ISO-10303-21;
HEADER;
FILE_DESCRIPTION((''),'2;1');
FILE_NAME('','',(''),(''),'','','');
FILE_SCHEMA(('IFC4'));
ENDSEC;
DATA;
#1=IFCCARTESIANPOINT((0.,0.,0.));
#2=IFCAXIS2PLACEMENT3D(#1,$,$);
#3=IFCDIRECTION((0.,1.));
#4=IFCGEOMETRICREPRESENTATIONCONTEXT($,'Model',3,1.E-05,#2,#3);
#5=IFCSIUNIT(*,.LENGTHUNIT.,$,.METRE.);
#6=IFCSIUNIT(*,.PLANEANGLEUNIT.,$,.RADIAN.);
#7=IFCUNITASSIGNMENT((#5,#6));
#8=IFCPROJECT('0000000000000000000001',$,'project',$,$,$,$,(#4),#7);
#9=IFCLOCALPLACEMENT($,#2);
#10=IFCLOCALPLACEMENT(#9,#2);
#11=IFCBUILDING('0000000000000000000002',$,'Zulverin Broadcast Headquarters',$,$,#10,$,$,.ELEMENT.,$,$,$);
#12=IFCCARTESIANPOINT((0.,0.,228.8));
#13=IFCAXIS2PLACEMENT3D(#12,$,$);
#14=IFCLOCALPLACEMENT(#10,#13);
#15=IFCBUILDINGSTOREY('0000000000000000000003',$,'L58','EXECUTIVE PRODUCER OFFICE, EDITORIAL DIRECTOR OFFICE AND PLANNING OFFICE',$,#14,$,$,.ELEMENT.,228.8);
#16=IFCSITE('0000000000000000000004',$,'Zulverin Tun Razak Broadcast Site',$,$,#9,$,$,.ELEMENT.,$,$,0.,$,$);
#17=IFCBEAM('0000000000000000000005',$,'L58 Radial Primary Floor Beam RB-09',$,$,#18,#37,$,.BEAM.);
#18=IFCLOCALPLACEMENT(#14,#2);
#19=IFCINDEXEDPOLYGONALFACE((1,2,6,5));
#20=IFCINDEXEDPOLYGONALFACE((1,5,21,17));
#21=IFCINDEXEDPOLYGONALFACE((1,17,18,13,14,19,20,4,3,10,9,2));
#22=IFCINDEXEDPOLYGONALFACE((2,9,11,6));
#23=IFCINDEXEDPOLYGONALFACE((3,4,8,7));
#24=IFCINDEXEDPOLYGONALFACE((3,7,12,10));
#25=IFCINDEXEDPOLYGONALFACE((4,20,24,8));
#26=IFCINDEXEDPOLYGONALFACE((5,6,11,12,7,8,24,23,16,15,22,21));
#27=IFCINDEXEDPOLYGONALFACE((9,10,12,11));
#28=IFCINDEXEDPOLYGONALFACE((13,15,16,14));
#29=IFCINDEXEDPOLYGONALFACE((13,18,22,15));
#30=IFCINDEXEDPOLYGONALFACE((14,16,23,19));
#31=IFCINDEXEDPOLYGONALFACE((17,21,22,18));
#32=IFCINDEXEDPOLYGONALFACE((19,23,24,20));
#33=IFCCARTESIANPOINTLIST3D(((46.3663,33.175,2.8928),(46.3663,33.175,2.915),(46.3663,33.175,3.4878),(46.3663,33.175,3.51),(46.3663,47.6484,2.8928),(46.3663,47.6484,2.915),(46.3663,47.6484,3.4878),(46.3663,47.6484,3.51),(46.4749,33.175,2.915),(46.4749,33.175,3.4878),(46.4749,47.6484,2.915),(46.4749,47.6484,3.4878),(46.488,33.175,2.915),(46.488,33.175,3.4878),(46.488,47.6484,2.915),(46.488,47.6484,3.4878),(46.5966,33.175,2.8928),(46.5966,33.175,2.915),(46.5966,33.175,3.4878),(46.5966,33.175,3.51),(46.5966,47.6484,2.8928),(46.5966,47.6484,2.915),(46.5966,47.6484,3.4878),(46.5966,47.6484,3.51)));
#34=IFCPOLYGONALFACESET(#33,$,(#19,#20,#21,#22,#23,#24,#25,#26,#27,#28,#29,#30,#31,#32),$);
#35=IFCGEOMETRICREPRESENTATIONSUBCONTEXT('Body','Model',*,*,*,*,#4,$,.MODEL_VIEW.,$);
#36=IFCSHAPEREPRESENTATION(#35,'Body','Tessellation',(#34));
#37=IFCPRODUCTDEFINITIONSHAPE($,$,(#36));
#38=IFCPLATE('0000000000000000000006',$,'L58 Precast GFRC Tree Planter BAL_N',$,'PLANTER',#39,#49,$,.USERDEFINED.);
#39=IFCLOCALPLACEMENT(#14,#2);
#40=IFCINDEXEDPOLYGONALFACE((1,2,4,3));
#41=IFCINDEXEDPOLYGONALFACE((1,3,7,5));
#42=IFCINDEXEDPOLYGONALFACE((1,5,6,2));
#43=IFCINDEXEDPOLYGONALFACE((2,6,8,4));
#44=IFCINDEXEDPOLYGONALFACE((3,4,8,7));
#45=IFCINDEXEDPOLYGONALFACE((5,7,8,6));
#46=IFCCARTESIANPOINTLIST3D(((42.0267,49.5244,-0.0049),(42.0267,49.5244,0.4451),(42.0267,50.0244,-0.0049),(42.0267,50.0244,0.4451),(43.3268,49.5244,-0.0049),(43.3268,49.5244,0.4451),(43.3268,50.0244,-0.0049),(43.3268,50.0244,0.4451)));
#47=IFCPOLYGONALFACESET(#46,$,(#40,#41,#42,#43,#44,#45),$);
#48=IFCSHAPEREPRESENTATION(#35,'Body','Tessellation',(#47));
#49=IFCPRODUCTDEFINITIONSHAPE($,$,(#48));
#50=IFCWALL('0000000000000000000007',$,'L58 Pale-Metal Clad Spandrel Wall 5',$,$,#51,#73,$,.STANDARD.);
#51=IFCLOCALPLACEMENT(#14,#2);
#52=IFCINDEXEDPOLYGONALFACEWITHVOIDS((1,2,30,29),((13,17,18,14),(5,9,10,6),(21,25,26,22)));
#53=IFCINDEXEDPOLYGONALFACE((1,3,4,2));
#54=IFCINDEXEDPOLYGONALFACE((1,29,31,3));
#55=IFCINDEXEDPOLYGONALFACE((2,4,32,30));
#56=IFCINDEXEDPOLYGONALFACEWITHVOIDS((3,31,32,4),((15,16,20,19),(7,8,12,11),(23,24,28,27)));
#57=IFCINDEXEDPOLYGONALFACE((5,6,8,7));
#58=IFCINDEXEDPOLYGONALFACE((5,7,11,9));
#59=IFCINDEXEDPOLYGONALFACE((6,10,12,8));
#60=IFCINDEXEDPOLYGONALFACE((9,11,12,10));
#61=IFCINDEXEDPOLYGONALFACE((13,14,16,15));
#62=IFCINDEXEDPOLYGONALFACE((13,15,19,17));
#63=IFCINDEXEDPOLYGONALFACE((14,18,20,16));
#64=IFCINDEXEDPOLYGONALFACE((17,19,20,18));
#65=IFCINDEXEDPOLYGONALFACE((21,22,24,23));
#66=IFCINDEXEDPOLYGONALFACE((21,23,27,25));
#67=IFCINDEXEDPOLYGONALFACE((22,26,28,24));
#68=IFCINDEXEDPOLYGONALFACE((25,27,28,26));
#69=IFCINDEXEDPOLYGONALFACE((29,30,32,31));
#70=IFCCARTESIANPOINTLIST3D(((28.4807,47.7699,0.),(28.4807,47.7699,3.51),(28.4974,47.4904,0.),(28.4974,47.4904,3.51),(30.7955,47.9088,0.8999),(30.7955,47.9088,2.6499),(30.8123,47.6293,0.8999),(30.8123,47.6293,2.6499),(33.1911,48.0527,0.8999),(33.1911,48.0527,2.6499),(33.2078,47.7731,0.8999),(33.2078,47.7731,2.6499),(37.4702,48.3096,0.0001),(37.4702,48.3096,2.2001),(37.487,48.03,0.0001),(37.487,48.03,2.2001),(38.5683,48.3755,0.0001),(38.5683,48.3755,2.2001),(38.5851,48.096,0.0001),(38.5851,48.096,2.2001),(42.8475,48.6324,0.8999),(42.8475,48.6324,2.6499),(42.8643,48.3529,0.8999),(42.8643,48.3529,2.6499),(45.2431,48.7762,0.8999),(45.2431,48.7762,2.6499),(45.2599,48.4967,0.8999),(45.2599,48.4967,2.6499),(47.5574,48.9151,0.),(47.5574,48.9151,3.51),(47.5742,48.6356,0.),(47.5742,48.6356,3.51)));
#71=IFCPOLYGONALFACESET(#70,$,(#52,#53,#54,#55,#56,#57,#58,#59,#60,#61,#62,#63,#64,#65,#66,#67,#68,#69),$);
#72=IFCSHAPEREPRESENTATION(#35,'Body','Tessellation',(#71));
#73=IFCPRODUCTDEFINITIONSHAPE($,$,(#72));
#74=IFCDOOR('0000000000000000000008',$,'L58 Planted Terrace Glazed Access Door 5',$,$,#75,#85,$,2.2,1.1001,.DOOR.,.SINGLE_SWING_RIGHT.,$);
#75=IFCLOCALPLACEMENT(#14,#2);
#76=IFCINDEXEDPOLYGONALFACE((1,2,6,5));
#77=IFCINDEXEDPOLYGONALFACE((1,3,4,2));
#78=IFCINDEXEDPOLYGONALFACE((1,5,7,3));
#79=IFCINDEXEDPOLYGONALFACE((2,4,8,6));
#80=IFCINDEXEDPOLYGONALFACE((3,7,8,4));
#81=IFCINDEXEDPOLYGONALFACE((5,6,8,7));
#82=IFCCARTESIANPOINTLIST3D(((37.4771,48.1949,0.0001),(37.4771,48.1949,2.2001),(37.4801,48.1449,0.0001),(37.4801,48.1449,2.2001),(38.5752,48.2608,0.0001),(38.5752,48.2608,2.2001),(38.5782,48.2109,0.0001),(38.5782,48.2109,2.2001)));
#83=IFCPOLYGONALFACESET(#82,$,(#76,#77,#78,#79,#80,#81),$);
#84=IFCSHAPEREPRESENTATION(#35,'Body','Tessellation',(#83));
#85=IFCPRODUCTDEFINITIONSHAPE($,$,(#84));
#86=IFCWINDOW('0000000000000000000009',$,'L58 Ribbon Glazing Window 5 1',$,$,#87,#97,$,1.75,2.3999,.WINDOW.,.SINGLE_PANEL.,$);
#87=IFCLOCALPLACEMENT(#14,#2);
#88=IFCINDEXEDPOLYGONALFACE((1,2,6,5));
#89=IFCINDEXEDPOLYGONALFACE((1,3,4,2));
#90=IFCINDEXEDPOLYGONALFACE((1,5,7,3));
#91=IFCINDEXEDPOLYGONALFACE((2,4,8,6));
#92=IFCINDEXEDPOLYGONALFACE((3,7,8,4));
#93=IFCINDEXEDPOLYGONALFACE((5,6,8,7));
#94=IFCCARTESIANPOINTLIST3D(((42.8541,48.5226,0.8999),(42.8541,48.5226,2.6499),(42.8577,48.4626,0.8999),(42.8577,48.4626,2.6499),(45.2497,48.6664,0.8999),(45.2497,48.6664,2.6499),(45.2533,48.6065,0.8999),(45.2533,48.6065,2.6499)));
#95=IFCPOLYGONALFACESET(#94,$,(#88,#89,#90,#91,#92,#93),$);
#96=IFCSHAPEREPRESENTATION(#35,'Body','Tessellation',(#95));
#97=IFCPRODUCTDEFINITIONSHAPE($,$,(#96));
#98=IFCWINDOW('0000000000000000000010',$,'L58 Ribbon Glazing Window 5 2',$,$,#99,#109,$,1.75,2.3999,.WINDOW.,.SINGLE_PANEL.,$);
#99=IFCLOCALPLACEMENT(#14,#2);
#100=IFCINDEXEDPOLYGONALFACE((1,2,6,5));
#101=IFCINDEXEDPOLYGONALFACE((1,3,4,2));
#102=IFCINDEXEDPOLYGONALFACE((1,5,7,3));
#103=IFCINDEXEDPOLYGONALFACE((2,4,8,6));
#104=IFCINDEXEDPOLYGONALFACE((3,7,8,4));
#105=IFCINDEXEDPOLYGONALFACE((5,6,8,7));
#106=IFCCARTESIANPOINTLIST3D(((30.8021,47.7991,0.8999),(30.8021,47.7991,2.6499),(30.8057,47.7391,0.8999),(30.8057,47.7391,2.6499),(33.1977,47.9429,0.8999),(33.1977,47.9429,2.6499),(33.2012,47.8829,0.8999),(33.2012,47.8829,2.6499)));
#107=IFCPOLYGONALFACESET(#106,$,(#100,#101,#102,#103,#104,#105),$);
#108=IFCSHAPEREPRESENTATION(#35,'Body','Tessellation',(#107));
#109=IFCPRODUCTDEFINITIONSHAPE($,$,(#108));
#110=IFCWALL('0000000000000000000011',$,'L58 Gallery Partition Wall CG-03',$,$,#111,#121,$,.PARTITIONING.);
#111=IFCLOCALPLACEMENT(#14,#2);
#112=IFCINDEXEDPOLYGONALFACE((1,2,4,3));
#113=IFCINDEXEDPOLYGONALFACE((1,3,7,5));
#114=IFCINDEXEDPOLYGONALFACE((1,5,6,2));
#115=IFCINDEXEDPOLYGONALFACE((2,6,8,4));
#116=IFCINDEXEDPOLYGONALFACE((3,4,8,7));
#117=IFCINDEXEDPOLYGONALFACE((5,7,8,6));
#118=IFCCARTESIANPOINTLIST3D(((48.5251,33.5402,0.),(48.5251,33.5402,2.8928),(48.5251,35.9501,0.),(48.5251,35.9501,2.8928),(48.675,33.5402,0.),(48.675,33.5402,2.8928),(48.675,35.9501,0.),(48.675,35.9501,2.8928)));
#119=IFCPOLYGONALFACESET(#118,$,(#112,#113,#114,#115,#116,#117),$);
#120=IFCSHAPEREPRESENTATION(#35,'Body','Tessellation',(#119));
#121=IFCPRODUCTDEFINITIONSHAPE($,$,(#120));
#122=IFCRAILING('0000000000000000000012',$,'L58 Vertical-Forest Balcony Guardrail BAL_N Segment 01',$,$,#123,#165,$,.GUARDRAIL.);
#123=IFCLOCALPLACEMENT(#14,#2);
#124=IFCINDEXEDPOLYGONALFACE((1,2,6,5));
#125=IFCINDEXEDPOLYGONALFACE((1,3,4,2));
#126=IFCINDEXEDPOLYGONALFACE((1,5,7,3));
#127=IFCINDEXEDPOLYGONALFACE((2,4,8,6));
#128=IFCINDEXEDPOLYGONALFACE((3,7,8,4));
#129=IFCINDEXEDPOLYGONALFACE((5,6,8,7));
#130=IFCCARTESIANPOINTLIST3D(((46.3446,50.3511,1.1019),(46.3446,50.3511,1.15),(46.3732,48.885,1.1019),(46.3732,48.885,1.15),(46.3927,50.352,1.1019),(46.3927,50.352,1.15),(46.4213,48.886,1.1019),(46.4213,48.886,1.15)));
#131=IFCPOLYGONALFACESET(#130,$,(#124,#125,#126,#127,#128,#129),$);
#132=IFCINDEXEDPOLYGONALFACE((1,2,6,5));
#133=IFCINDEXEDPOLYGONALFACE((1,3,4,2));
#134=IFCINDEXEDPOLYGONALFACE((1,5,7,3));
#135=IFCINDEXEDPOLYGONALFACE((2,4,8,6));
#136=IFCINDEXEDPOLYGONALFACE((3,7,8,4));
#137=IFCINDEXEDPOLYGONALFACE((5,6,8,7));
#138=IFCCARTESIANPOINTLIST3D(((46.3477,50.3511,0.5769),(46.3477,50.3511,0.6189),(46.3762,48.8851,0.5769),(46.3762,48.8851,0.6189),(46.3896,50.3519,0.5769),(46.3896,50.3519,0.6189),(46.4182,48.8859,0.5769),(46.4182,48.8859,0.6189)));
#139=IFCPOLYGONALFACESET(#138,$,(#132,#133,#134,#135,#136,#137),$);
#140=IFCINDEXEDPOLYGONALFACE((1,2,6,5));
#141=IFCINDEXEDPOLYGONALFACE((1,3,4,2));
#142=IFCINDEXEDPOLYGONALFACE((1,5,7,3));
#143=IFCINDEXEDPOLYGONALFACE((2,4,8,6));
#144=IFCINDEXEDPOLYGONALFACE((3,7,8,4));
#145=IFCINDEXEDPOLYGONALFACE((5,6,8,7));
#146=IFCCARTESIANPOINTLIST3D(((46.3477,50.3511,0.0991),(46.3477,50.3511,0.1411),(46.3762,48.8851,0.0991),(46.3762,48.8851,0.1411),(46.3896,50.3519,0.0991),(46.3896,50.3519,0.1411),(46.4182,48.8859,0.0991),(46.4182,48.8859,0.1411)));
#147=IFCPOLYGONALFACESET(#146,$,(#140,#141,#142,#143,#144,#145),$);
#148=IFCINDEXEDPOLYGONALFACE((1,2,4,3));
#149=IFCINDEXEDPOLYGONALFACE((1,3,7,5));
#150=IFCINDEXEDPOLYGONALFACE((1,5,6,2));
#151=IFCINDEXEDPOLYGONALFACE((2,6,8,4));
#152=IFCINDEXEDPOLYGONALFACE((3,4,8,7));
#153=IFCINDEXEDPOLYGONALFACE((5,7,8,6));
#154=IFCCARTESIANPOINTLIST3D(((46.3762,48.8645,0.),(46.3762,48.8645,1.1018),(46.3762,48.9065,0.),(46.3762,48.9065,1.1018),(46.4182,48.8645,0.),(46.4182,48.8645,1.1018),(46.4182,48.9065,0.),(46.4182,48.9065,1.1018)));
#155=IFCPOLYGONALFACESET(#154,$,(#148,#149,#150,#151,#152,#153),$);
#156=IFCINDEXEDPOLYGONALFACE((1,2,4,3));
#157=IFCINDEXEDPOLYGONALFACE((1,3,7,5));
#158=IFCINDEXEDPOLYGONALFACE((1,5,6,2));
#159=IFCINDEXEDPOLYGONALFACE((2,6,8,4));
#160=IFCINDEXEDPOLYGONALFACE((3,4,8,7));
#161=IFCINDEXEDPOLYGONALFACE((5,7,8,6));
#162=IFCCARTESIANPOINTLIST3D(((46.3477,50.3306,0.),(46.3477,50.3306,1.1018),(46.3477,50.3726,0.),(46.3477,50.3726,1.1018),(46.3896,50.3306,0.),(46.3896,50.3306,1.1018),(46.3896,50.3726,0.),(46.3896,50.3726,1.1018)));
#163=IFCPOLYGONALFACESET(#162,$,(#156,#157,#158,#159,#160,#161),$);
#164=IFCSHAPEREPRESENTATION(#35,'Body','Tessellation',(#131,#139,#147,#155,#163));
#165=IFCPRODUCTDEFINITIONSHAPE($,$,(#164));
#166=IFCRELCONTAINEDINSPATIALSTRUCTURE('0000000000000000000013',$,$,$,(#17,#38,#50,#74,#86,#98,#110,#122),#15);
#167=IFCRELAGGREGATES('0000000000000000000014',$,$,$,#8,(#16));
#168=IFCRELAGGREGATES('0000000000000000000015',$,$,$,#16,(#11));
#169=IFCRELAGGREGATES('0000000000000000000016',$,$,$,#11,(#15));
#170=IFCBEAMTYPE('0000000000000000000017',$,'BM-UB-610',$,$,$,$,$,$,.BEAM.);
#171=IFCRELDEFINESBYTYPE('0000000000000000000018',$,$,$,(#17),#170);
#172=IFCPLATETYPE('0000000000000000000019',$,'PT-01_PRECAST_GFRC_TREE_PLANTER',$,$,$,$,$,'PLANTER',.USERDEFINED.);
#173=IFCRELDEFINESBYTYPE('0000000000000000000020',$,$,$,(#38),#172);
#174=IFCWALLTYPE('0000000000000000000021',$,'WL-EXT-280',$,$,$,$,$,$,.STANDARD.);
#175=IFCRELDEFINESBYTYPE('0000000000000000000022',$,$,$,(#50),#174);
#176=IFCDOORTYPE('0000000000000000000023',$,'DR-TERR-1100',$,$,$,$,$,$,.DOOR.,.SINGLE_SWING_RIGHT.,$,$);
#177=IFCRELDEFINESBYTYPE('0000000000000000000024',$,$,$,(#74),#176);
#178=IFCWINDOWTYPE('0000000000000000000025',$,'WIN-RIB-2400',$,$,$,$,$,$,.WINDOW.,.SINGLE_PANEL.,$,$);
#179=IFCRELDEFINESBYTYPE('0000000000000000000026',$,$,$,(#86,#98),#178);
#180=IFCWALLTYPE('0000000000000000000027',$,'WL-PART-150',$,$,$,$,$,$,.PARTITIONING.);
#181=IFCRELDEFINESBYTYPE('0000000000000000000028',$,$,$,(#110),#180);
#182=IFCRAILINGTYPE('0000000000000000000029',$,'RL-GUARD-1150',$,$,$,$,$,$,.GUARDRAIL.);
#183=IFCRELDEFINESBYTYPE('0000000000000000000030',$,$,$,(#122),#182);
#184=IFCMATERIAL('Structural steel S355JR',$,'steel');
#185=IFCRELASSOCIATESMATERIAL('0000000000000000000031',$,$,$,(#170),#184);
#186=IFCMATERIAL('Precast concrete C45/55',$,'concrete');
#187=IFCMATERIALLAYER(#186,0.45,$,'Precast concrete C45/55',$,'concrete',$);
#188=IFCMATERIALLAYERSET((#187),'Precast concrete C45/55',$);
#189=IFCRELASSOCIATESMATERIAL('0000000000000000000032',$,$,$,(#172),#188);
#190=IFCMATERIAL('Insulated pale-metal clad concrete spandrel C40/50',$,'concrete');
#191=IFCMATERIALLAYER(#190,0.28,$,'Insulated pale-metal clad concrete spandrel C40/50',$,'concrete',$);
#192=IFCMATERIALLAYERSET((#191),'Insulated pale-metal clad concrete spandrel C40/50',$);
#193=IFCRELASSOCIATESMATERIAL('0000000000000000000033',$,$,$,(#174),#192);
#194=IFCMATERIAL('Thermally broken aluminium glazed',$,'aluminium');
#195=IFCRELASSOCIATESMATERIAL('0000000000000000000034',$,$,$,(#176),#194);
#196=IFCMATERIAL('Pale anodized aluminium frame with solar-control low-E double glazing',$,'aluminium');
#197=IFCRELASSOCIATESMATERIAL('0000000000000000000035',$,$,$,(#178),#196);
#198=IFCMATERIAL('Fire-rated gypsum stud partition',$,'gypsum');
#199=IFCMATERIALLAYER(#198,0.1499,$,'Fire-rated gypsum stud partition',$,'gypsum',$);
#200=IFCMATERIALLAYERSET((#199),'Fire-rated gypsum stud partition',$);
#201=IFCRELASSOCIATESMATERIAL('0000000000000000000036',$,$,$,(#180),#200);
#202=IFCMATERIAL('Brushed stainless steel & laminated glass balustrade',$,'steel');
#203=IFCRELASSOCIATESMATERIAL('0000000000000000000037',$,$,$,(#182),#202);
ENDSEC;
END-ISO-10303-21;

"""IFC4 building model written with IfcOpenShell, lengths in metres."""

from ifc_helpers import new_model, si_unit, direction, frame, frame_2d, origin, origin_2d, place, context, subcontext, project, spatial, rectangle, i_section, extrude, material, layer, layer_set, material_profile, profile_set, type_object, element, fill, save


model = new_model("IFC4")

# Units and contexts
model_context = context("Model", 3, precision=1e-05, world=origin(), true_north=direction((0.0, 1.0)))
body_context = subcontext(model_context, "Body", "Model", "MODEL_VIEW")
ifc_project = project(units=[si_unit("LENGTHUNIT", "METRE"), si_unit("PLANEANGLEUNIT", "RADIAN")], contexts=[model_context])

# Site, building, storey
site_placement = place(None, origin())
site = spatial("IfcSite", under=ifc_project, at=site_placement, Name="Zulverin Tun Razak Broadcast Site", CompositionType="ELEMENT", RefElevation=0.0)
building_placement = place(site_placement, origin())
building = spatial("IfcBuilding", under=site, at=building_placement, Name="Zulverin Broadcast Headquarters", CompositionType="ELEMENT")
storey_placement = place(building_placement, frame((0.0, 0.0, 228.8)))
storey = spatial("IfcBuildingStorey", under=building, at=storey_placement, Name="L58", Description="EXECUTIVE PRODUCER OFFICE, EDITORIAL DIRECTOR OFFICE AND PLANNING OFFICE", CompositionType="ELEMENT", Elevation=228.8)

# Beam
ifc_material_1 = material(Name="Structural steel S355JR", Category="steel")
ifc_material_profile_1 = material_profile(ifc_material_1, i_section(OverallWidth=0.2302, OverallDepth=0.6172, WebThickness=0.0132, FlangeThickness=0.0222, at=origin_2d()), Name="Structural steel S355JR", Category="steel")
ifc_profile_set_1 = profile_set([ifc_material_profile_1], Name="Structural steel S355JR")
beam_type_1 = type_object("IfcBeamType", Name="BM-UB-610", PredefinedType="BEAM", material=ifc_profile_set_1)
beam_1_placement = place(storey_placement, frame((46.4814, 33.175, 3.2014), z_axis=(0.0, 1.0, 0.0), x_axis=(-1.0, 0.0, 0.0)))
element("IfcBeam", 1, at=beam_1_placement, inside=storey, type_object=beam_type_1, Name="L58 Radial Primary Floor Beam RB-09", PredefinedType="BEAM", context=body_context, shape_type="SweptSolid", body=[
    extrude(i_section(OverallWidth=0.2302, OverallDepth=0.6172, WebThickness=0.0132, FlangeThickness=0.0222, at=origin_2d()), origin(), (0.0, 0.0, 1.0), 14.4734),
])

# Plate
ifc_material_2 = material(Name="Precast concrete C45/55", Category="concrete")
ifc_layer_1 = layer(ifc_material_2, 0.45, Name="Precast concrete C45/55", Category="concrete")
ifc_layer_set_1 = layer_set([ifc_layer_1], Name="Precast concrete C45/55")
plate_type = type_object("IfcPlateType", Name="PT-01_PRECAST_GFRC_TREE_PLANTER", ElementType="PLANTER", PredefinedType="USERDEFINED", material=ifc_layer_set_1)
plate_placement = place(storey_placement, frame((42.6768, 49.7744, -0.0049), z_axis=(0.0, 0.0, 1.0), x_axis=(1.0, 0.0, 0.0)))
element("IfcPlate", 2, at=plate_placement, inside=storey, type_object=plate_type, Name="L58 Precast GFRC Tree Planter BAL_N", ObjectType="PLANTER", PredefinedType="USERDEFINED", context=body_context, shape_type="SweptSolid", body=[
    extrude(rectangle(XDim=1.3, YDim=0.5, at=origin_2d()), origin(), (0.0, 0.0, 1.0), 0.45),
])

# Wall, openings, door, windows
ifc_material_3 = material(Name="Insulated pale-metal clad concrete spandrel C40/50", Category="concrete")
ifc_layer_2 = layer(ifc_material_3, 0.28, Name="Insulated pale-metal clad concrete spandrel C40/50", Category="concrete")
ifc_layer_set_2 = layer_set([ifc_layer_2], Name="Insulated pale-metal clad concrete spandrel C40/50")
wall_type_1 = type_object("IfcWallType", Name="WL-EXT-280", PredefinedType="STANDARD", material=ifc_layer_set_2)
wall_1_placement = place(storey_placement, frame((47.5659, 48.7754, 0.0), z_axis=(0.0, 0.0, 1.0), x_axis=(-0.998203, -0.059927, 0.0)))
wall_1 = element("IfcWall", 3, at=wall_1_placement, inside=storey, type_object=wall_type_1, Name="L58 Pale-Metal Clad Spandrel Wall 5", PredefinedType="STANDARD", context=body_context, shape_type="SweptSolid", body=[
    extrude(rectangle(XDim=19.1111, YDim=0.28, at=frame_2d((9.5557, 0.0))), origin(), (0.0, 0.0, 1.0), 3.51),
])
opening_1_placement = place(wall_1_placement, frame((9.0054, 0.0, 0.0)))
opening_1 = element("IfcOpeningElement", 4, at=opening_1_placement, cuts=wall_1, PredefinedType="OPENING", context=body_context, shape_type="SweptSolid", body=[
    extrude(rectangle(XDim=1.1001, YDim=2.2, at=frame_2d((0.55, 1.1001))), frame((0.0, 0.1499, 0.0), z_axis=(0.0, -1.0, 0.0), x_axis=(1.0, 0.0, 0.0)), (0.0, 0.0, 1.0), 0.3),
])
opening_2_placement = place(wall_1_placement, frame((2.3186, 0.0, 0.8999)))
opening_2 = element("IfcOpeningElement", 5, at=opening_2_placement, cuts=wall_1, PredefinedType="OPENING", context=body_context, shape_type="SweptSolid", body=[
    extrude(rectangle(XDim=2.3999, YDim=1.75, at=frame_2d((1.2, 0.875))), frame((0.0, 0.1499, 0.0), z_axis=(0.0, -1.0, 0.0), x_axis=(1.0, 0.0, 0.0)), (0.0, 0.0, 1.0), 0.3),
])
opening_3_placement = place(wall_1_placement, frame((14.3923, 0.0, 0.8999)))
opening_3 = element("IfcOpeningElement", 6, at=opening_3_placement, cuts=wall_1, PredefinedType="OPENING", context=body_context, shape_type="SweptSolid", body=[
    extrude(rectangle(XDim=2.3999, YDim=1.75, at=frame_2d((1.2, 0.875))), frame((0.0, 0.1499, 0.0), z_axis=(0.0, -1.0, 0.0), x_axis=(1.0, 0.0, 0.0)), (0.0, 0.0, 1.0), 0.3),
])
ifc_material_4 = material(Name="Thermally broken aluminium glazed", Category="aluminium")
door_type = type_object("IfcDoorType", Name="DR-TERR-1100", OperationType="SINGLE_SWING_RIGHT", PredefinedType="DOOR", material=ifc_material_4)
door_placement = place(opening_1_placement, origin())
door = element("IfcDoor", 7, at=door_placement, inside=storey, type_object=door_type, Name="L58 Planted Terrace Glazed Access Door 5", OperationType="SINGLE_SWING_RIGHT", OverallHeight=2.2, OverallWidth=1.1001, PredefinedType="DOOR", context=body_context, shape_type="SweptSolid", body=[
    extrude(rectangle(XDim=1.1001, YDim=2.2, at=frame_2d((0.55, 1.1001))), frame((0.0, 0.0249, 0.0), z_axis=(0.0, -1.0, 0.0), x_axis=(1.0, 0.0, 0.0)), (0.0, 0.0, 1.0), 0.05),
])
fill(opening_1, door)
ifc_material_5 = material(Name="Pale anodized aluminium frame with solar-control low-E double glazing", Category="aluminium")
window_type = type_object("IfcWindowType", Name="WIN-RIB-2400", PartitioningType="SINGLE_PANEL", PredefinedType="WINDOW", material=ifc_material_5)
window_1_placement = place(opening_2_placement, origin())
window_1 = element("IfcWindow", 8, at=window_1_placement, inside=storey, type_object=window_type, Name="L58 Ribbon Glazing Window 5 1", OverallHeight=1.75, OverallWidth=2.3999, PartitioningType="SINGLE_PANEL", PredefinedType="WINDOW", context=body_context, shape_type="SweptSolid", body=[
    extrude(rectangle(XDim=2.3999, YDim=1.75, at=frame_2d((1.2, 0.875))), frame((0.0, 0.03, 0.0), z_axis=(0.0, -1.0, 0.0), x_axis=(1.0, 0.0, 0.0)), (0.0, 0.0, 1.0), 0.0601),
])
fill(opening_2, window_1)
window_2_placement = place(opening_3_placement, origin())
window_2 = element("IfcWindow", 9, at=window_2_placement, inside=storey, type_object=window_type, Name="L58 Ribbon Glazing Window 5 2", OverallHeight=1.75, OverallWidth=2.3999, PartitioningType="SINGLE_PANEL", PredefinedType="WINDOW", context=body_context, shape_type="SweptSolid", body=[
    extrude(rectangle(XDim=2.3999, YDim=1.75, at=frame_2d((1.2, 0.875))), frame((0.0, 0.03, 0.0), z_axis=(0.0, -1.0, 0.0), x_axis=(1.0, 0.0, 0.0)), (0.0, 0.0, 1.0), 0.0601),
])
fill(opening_3, window_2)

# Wall
ifc_material_6 = material(Name="Fire-rated gypsum stud partition", Category="gypsum")
ifc_layer_3 = layer(ifc_material_6, 0.1499, Name="Fire-rated gypsum stud partition", Category="gypsum")
ifc_layer_set_3 = layer_set([ifc_layer_3], Name="Fire-rated gypsum stud partition")
wall_type_2 = type_object("IfcWallType", Name="WL-PART-150", PredefinedType="PARTITIONING", material=ifc_layer_set_3)
wall_2_placement = place(storey_placement, frame((48.6001, 33.54, 0.0), z_axis=(0.0, 0.0, 1.0), x_axis=(0.0, 1.0, 0.0)))
element("IfcWall", 10, at=wall_2_placement, inside=storey, type_object=wall_type_2, Name="L58 Gallery Partition Wall CG-03", PredefinedType="PARTITIONING", context=body_context, shape_type="SweptSolid", body=[
    extrude(rectangle(XDim=2.4099, YDim=0.1499, at=frame_2d((1.2051, 0.0))), origin(), (0.0, 0.0, 1.0), 2.8928),
])

# Railing
ifc_material_7 = material(Name="Brushed stainless steel & laminated glass balustrade", Category="steel")
railing_type = type_object("IfcRailingType", Name="RL-GUARD-1150", PredefinedType="GUARDRAIL", material=ifc_material_7)
railing_1_placement = place(storey_placement, frame((46.3972, 48.8855, 0.0)))
element("IfcRailing", 11, at=railing_1_placement, inside=storey, type_object=railing_type, Name="L58 Vertical-Forest Balcony Guardrail BAL_N Segment 01", PredefinedType="GUARDRAIL", context=body_context, shape_type="SweptSolid", body=[
    extrude(rectangle(XDim=0.0481, YDim=0.0481, at=origin_2d()), frame((0.0, 0.0, 1.126), z_axis=(-0.01948, 0.99981, 0.0), x_axis=(-0.99981, -0.01948, 0.0)), (0.0, 0.0, 1.0), 1.4663),
    extrude(rectangle(XDim=0.042, YDim=0.042, at=origin_2d()), frame((0.0, 0.0, 0.5979), z_axis=(-0.01948, 0.99981, 0.0), x_axis=(-0.99981, -0.01948, 0.0)), (0.0, 0.0, 1.0), 1.4663),
    extrude(rectangle(XDim=0.042, YDim=0.042, at=origin_2d()), frame((0.0, 0.0, 0.1201), z_axis=(-0.01948, 0.99981, 0.0), x_axis=(-0.99981, -0.01948, 0.0)), (0.0, 0.0, 1.0), 1.4663),
    extrude(rectangle(XDim=0.042, YDim=0.042, at=origin_2d()), origin(), (0.0, 0.0, 1.0), 1.1018),
    extrude(rectangle(XDim=0.042, YDim=0.042, at=origin_2d()), frame((-0.0286, 1.4661, 0.0)), (0.0, 0.0, 1.0), 1.1018),
])

save(model, "model.ifc")
